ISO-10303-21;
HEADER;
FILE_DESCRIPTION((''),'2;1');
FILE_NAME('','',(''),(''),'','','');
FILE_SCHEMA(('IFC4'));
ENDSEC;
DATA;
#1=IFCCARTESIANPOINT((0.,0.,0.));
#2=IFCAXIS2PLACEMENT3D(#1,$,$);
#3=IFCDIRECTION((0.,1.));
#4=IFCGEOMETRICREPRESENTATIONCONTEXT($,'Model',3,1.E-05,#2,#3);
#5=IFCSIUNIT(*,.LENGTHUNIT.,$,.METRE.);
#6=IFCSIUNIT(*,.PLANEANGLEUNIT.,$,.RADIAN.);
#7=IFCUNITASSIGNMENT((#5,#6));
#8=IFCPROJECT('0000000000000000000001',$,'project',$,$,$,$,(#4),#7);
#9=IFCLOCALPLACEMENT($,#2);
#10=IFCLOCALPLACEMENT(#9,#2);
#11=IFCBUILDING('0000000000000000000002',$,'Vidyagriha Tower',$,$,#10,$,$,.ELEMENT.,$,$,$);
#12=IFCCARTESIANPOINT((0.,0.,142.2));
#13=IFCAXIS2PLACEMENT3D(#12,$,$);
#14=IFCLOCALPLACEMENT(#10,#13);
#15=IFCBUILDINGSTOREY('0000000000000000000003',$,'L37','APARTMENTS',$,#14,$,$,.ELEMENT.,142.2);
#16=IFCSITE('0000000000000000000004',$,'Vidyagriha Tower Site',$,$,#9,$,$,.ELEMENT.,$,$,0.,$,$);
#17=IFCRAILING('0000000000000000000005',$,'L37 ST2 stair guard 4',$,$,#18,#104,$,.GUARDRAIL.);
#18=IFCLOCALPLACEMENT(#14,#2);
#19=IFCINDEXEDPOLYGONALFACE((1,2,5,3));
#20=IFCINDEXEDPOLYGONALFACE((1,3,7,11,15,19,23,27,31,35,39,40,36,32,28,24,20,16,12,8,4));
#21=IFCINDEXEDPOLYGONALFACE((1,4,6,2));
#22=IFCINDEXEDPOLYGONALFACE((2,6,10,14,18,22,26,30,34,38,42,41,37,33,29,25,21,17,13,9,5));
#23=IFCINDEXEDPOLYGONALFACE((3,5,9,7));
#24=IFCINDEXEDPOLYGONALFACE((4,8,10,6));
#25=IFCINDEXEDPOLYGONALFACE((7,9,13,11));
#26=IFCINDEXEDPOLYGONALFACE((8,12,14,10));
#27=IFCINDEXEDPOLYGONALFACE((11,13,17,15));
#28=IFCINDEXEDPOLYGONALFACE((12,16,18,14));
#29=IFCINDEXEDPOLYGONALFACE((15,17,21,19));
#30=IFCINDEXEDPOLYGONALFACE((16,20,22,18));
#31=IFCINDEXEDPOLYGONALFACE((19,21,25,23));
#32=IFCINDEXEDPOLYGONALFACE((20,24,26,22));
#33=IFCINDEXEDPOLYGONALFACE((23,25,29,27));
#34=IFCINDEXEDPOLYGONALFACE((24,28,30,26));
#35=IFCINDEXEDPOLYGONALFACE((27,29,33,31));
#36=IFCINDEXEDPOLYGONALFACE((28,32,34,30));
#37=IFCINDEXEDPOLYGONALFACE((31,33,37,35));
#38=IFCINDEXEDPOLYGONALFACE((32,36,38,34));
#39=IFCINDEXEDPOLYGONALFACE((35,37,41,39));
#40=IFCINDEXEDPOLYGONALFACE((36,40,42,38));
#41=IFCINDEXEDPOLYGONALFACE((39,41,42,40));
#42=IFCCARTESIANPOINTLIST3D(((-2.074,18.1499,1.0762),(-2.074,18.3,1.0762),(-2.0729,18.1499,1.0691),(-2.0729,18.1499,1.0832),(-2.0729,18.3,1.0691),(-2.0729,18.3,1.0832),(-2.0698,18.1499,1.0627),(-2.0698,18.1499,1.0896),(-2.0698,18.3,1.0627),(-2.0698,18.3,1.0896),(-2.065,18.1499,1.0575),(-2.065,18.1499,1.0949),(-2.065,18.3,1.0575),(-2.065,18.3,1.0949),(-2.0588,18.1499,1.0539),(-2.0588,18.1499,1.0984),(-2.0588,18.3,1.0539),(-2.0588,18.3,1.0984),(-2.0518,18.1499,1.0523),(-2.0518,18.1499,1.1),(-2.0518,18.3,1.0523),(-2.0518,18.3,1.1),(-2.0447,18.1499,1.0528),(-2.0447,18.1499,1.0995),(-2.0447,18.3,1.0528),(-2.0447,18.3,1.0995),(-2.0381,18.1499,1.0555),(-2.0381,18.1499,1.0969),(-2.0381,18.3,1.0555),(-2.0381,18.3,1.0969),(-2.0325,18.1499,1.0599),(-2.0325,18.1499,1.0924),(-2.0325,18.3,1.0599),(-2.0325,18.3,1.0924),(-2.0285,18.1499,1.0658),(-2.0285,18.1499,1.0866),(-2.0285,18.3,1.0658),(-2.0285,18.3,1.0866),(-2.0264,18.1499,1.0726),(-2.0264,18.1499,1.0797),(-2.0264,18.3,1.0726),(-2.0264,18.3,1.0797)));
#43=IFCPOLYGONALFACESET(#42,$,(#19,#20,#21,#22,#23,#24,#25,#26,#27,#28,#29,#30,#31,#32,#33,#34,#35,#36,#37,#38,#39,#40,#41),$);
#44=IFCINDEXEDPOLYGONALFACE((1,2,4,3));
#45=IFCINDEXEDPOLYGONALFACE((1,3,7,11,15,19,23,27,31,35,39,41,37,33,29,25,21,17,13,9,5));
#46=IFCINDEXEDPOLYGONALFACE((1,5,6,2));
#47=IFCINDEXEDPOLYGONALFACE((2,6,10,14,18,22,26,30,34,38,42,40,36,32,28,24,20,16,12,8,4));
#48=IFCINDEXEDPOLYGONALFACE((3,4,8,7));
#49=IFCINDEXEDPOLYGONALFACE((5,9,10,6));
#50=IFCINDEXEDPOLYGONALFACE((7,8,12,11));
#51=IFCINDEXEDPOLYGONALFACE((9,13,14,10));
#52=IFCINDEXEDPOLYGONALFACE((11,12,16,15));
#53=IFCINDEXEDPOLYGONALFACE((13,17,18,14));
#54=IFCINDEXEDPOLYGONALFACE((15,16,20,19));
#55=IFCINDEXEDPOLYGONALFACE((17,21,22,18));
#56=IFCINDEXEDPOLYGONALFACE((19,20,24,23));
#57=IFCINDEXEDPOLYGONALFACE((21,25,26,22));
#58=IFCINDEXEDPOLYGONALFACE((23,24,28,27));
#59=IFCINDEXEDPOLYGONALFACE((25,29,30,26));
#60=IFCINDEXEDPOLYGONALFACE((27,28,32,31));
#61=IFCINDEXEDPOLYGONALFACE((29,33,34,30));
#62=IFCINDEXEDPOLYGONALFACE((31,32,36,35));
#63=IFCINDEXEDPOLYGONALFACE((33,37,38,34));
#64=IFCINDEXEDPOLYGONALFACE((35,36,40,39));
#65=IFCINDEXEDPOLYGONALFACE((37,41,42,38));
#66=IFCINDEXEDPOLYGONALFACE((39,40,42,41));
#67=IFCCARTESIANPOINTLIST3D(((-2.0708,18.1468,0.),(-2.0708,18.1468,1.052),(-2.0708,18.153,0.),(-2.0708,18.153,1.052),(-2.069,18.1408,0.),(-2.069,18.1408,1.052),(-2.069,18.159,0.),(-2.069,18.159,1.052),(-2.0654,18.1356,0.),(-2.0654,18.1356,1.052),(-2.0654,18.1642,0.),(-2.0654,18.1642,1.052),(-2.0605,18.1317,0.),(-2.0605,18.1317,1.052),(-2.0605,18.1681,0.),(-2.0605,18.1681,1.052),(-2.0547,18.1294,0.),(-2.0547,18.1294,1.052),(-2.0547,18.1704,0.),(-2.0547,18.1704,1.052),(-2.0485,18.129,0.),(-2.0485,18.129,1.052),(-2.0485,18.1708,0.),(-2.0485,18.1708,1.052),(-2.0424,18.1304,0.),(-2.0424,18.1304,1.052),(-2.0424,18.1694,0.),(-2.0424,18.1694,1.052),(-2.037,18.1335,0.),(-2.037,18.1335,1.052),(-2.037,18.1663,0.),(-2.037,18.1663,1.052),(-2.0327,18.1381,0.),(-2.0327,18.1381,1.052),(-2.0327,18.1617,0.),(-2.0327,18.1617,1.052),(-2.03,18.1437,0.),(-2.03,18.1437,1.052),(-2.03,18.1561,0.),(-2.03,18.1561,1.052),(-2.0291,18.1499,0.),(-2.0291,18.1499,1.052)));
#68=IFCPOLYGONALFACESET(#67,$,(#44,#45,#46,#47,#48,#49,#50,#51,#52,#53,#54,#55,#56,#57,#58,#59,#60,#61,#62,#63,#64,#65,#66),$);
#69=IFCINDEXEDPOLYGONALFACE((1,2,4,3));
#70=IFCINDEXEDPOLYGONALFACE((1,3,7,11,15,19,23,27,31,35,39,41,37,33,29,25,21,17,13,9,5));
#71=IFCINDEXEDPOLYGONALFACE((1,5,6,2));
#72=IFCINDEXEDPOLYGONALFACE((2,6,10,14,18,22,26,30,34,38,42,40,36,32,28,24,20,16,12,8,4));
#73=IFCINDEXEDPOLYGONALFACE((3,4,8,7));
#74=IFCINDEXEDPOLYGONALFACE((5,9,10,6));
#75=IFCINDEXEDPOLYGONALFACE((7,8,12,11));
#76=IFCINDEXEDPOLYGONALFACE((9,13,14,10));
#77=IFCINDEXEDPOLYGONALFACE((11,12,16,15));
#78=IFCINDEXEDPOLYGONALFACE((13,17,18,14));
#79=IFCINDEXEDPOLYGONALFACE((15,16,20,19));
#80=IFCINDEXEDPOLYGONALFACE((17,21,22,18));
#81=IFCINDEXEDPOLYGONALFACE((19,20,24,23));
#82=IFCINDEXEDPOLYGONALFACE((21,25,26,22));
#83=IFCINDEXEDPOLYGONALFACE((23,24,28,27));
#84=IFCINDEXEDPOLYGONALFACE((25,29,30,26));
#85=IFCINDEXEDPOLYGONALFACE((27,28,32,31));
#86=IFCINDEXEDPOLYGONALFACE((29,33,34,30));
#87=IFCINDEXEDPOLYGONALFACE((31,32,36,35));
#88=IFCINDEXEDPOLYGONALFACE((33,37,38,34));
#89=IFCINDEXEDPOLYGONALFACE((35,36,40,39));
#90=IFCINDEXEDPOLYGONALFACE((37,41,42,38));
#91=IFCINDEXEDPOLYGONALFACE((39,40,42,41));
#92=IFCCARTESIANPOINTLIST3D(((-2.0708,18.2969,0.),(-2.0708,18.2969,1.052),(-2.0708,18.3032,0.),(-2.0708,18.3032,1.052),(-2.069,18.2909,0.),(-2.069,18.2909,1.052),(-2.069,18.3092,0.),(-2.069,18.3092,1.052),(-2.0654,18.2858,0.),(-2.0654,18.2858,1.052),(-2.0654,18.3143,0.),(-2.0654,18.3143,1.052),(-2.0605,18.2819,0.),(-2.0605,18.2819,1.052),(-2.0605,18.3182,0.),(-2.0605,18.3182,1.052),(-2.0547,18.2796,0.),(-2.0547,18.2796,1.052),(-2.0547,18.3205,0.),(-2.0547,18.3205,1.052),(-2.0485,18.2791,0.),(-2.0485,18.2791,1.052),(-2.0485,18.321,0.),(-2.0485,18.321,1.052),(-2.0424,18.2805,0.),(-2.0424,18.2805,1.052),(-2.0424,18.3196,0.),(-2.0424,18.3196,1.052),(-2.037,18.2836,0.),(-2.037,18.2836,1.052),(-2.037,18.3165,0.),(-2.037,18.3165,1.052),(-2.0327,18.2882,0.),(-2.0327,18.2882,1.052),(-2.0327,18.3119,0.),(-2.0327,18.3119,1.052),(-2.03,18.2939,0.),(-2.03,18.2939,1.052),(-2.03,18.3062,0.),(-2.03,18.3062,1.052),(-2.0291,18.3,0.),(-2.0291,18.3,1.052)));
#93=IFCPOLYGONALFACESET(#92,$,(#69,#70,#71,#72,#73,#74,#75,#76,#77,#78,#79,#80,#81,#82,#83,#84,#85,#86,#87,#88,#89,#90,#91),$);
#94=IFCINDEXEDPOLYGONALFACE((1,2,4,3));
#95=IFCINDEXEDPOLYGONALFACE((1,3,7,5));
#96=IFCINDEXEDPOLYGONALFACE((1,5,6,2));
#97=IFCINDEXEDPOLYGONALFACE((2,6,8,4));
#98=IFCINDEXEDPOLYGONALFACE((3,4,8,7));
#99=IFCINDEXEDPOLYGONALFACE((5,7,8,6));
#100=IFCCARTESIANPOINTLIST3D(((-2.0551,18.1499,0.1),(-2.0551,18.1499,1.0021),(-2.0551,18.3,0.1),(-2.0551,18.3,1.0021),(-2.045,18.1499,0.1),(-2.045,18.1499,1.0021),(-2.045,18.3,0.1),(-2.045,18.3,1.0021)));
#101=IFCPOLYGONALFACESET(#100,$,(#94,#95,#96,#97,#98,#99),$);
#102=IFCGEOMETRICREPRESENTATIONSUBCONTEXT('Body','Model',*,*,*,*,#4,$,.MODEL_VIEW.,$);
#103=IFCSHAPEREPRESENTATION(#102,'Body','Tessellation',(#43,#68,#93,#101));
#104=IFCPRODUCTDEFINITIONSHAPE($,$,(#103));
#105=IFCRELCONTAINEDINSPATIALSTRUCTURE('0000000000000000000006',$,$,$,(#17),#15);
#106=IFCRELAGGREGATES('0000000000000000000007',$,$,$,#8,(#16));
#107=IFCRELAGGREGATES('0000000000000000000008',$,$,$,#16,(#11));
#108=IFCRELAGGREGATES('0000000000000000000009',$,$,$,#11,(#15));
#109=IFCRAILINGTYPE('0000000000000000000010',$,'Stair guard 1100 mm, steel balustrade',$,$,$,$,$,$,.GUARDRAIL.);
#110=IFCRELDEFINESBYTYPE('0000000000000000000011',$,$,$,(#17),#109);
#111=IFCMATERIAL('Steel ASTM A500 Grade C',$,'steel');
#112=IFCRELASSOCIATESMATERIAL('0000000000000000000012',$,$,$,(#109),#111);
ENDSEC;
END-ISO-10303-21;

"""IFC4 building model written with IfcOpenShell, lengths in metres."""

from ifc_helpers import new_model, si_unit, direction, frame, origin, origin_2d, place, context, subcontext, project, spatial, rectangle, circle, extrude, material, type_object, element, save


model = new_model("IFC4")

# Units and contexts
model_context = context("Model", 3, precision=1e-05, world=origin(), true_north=direction((0.0, 1.0)))
body_context = subcontext(model_context, "Body", "Model", "MODEL_VIEW")
ifc_project = project(units=[si_unit("LENGTHUNIT", "METRE"), si_unit("PLANEANGLEUNIT", "RADIAN")], contexts=[model_context])

# Site, building, storey
site_placement = place(None, origin())
site = spatial("IfcSite", under=ifc_project, at=site_placement, Name="Vidyagriha Tower Site", CompositionType="ELEMENT", RefElevation=0.0)
building_placement = place(site_placement, origin())
building = spatial("IfcBuilding", under=site, at=building_placement, Name="Vidyagriha Tower", CompositionType="ELEMENT")
storey_placement = place(building_placement, frame((0.0, 0.0, 142.2)))
storey = spatial("IfcBuildingStorey", under=building, at=storey_placement, Name="L37", Description="APARTMENTS", CompositionType="ELEMENT", Elevation=142.2)

# Railing
ifc_material_1 = material(Name="Steel ASTM A500 Grade C", Category="steel")
railing_type_1 = type_object("IfcRailingType", Name="Stair guard 1100 mm, steel balustrade", PredefinedType="GUARDRAIL", material=ifc_material_1)
railing_1_placement = place(storey_placement, frame((-2.05, 18.1499, 0.0)))
element("IfcRailing", 1, at=railing_1_placement, inside=storey, type_object=railing_type_1, Name="L37 ST2 stair guard 4", PredefinedType="GUARDRAIL", context=body_context, shape_type="SweptSolid", body=[
    extrude(circle(Radius=0.0239, at=origin_2d()), frame((0.0, 0.0, 1.0762), z_axis=(0.0, 1.0, 0.0), x_axis=(-1.0, 0.0, 0.0)), (0.0, 0.0, 1.0), 0.1501),
    extrude(circle(Radius=0.021, at=origin_2d()), origin(), (0.0, 0.0, 1.0), 1.052),
    extrude(circle(Radius=0.021, at=origin_2d()), frame((0.0, 0.1501, 0.0)), (0.0, 0.0, 1.0), 1.052),
    extrude(rectangle(XDim=0.01, YDim=0.9021, at=origin_2d()), frame((0.0, 0.0, 0.551), z_axis=(0.0, 1.0, 0.0), x_axis=(-1.0, 0.0, 0.0)), (0.0, 0.0, 1.0), 0.1501),
])

save(model, "model.ifc")
